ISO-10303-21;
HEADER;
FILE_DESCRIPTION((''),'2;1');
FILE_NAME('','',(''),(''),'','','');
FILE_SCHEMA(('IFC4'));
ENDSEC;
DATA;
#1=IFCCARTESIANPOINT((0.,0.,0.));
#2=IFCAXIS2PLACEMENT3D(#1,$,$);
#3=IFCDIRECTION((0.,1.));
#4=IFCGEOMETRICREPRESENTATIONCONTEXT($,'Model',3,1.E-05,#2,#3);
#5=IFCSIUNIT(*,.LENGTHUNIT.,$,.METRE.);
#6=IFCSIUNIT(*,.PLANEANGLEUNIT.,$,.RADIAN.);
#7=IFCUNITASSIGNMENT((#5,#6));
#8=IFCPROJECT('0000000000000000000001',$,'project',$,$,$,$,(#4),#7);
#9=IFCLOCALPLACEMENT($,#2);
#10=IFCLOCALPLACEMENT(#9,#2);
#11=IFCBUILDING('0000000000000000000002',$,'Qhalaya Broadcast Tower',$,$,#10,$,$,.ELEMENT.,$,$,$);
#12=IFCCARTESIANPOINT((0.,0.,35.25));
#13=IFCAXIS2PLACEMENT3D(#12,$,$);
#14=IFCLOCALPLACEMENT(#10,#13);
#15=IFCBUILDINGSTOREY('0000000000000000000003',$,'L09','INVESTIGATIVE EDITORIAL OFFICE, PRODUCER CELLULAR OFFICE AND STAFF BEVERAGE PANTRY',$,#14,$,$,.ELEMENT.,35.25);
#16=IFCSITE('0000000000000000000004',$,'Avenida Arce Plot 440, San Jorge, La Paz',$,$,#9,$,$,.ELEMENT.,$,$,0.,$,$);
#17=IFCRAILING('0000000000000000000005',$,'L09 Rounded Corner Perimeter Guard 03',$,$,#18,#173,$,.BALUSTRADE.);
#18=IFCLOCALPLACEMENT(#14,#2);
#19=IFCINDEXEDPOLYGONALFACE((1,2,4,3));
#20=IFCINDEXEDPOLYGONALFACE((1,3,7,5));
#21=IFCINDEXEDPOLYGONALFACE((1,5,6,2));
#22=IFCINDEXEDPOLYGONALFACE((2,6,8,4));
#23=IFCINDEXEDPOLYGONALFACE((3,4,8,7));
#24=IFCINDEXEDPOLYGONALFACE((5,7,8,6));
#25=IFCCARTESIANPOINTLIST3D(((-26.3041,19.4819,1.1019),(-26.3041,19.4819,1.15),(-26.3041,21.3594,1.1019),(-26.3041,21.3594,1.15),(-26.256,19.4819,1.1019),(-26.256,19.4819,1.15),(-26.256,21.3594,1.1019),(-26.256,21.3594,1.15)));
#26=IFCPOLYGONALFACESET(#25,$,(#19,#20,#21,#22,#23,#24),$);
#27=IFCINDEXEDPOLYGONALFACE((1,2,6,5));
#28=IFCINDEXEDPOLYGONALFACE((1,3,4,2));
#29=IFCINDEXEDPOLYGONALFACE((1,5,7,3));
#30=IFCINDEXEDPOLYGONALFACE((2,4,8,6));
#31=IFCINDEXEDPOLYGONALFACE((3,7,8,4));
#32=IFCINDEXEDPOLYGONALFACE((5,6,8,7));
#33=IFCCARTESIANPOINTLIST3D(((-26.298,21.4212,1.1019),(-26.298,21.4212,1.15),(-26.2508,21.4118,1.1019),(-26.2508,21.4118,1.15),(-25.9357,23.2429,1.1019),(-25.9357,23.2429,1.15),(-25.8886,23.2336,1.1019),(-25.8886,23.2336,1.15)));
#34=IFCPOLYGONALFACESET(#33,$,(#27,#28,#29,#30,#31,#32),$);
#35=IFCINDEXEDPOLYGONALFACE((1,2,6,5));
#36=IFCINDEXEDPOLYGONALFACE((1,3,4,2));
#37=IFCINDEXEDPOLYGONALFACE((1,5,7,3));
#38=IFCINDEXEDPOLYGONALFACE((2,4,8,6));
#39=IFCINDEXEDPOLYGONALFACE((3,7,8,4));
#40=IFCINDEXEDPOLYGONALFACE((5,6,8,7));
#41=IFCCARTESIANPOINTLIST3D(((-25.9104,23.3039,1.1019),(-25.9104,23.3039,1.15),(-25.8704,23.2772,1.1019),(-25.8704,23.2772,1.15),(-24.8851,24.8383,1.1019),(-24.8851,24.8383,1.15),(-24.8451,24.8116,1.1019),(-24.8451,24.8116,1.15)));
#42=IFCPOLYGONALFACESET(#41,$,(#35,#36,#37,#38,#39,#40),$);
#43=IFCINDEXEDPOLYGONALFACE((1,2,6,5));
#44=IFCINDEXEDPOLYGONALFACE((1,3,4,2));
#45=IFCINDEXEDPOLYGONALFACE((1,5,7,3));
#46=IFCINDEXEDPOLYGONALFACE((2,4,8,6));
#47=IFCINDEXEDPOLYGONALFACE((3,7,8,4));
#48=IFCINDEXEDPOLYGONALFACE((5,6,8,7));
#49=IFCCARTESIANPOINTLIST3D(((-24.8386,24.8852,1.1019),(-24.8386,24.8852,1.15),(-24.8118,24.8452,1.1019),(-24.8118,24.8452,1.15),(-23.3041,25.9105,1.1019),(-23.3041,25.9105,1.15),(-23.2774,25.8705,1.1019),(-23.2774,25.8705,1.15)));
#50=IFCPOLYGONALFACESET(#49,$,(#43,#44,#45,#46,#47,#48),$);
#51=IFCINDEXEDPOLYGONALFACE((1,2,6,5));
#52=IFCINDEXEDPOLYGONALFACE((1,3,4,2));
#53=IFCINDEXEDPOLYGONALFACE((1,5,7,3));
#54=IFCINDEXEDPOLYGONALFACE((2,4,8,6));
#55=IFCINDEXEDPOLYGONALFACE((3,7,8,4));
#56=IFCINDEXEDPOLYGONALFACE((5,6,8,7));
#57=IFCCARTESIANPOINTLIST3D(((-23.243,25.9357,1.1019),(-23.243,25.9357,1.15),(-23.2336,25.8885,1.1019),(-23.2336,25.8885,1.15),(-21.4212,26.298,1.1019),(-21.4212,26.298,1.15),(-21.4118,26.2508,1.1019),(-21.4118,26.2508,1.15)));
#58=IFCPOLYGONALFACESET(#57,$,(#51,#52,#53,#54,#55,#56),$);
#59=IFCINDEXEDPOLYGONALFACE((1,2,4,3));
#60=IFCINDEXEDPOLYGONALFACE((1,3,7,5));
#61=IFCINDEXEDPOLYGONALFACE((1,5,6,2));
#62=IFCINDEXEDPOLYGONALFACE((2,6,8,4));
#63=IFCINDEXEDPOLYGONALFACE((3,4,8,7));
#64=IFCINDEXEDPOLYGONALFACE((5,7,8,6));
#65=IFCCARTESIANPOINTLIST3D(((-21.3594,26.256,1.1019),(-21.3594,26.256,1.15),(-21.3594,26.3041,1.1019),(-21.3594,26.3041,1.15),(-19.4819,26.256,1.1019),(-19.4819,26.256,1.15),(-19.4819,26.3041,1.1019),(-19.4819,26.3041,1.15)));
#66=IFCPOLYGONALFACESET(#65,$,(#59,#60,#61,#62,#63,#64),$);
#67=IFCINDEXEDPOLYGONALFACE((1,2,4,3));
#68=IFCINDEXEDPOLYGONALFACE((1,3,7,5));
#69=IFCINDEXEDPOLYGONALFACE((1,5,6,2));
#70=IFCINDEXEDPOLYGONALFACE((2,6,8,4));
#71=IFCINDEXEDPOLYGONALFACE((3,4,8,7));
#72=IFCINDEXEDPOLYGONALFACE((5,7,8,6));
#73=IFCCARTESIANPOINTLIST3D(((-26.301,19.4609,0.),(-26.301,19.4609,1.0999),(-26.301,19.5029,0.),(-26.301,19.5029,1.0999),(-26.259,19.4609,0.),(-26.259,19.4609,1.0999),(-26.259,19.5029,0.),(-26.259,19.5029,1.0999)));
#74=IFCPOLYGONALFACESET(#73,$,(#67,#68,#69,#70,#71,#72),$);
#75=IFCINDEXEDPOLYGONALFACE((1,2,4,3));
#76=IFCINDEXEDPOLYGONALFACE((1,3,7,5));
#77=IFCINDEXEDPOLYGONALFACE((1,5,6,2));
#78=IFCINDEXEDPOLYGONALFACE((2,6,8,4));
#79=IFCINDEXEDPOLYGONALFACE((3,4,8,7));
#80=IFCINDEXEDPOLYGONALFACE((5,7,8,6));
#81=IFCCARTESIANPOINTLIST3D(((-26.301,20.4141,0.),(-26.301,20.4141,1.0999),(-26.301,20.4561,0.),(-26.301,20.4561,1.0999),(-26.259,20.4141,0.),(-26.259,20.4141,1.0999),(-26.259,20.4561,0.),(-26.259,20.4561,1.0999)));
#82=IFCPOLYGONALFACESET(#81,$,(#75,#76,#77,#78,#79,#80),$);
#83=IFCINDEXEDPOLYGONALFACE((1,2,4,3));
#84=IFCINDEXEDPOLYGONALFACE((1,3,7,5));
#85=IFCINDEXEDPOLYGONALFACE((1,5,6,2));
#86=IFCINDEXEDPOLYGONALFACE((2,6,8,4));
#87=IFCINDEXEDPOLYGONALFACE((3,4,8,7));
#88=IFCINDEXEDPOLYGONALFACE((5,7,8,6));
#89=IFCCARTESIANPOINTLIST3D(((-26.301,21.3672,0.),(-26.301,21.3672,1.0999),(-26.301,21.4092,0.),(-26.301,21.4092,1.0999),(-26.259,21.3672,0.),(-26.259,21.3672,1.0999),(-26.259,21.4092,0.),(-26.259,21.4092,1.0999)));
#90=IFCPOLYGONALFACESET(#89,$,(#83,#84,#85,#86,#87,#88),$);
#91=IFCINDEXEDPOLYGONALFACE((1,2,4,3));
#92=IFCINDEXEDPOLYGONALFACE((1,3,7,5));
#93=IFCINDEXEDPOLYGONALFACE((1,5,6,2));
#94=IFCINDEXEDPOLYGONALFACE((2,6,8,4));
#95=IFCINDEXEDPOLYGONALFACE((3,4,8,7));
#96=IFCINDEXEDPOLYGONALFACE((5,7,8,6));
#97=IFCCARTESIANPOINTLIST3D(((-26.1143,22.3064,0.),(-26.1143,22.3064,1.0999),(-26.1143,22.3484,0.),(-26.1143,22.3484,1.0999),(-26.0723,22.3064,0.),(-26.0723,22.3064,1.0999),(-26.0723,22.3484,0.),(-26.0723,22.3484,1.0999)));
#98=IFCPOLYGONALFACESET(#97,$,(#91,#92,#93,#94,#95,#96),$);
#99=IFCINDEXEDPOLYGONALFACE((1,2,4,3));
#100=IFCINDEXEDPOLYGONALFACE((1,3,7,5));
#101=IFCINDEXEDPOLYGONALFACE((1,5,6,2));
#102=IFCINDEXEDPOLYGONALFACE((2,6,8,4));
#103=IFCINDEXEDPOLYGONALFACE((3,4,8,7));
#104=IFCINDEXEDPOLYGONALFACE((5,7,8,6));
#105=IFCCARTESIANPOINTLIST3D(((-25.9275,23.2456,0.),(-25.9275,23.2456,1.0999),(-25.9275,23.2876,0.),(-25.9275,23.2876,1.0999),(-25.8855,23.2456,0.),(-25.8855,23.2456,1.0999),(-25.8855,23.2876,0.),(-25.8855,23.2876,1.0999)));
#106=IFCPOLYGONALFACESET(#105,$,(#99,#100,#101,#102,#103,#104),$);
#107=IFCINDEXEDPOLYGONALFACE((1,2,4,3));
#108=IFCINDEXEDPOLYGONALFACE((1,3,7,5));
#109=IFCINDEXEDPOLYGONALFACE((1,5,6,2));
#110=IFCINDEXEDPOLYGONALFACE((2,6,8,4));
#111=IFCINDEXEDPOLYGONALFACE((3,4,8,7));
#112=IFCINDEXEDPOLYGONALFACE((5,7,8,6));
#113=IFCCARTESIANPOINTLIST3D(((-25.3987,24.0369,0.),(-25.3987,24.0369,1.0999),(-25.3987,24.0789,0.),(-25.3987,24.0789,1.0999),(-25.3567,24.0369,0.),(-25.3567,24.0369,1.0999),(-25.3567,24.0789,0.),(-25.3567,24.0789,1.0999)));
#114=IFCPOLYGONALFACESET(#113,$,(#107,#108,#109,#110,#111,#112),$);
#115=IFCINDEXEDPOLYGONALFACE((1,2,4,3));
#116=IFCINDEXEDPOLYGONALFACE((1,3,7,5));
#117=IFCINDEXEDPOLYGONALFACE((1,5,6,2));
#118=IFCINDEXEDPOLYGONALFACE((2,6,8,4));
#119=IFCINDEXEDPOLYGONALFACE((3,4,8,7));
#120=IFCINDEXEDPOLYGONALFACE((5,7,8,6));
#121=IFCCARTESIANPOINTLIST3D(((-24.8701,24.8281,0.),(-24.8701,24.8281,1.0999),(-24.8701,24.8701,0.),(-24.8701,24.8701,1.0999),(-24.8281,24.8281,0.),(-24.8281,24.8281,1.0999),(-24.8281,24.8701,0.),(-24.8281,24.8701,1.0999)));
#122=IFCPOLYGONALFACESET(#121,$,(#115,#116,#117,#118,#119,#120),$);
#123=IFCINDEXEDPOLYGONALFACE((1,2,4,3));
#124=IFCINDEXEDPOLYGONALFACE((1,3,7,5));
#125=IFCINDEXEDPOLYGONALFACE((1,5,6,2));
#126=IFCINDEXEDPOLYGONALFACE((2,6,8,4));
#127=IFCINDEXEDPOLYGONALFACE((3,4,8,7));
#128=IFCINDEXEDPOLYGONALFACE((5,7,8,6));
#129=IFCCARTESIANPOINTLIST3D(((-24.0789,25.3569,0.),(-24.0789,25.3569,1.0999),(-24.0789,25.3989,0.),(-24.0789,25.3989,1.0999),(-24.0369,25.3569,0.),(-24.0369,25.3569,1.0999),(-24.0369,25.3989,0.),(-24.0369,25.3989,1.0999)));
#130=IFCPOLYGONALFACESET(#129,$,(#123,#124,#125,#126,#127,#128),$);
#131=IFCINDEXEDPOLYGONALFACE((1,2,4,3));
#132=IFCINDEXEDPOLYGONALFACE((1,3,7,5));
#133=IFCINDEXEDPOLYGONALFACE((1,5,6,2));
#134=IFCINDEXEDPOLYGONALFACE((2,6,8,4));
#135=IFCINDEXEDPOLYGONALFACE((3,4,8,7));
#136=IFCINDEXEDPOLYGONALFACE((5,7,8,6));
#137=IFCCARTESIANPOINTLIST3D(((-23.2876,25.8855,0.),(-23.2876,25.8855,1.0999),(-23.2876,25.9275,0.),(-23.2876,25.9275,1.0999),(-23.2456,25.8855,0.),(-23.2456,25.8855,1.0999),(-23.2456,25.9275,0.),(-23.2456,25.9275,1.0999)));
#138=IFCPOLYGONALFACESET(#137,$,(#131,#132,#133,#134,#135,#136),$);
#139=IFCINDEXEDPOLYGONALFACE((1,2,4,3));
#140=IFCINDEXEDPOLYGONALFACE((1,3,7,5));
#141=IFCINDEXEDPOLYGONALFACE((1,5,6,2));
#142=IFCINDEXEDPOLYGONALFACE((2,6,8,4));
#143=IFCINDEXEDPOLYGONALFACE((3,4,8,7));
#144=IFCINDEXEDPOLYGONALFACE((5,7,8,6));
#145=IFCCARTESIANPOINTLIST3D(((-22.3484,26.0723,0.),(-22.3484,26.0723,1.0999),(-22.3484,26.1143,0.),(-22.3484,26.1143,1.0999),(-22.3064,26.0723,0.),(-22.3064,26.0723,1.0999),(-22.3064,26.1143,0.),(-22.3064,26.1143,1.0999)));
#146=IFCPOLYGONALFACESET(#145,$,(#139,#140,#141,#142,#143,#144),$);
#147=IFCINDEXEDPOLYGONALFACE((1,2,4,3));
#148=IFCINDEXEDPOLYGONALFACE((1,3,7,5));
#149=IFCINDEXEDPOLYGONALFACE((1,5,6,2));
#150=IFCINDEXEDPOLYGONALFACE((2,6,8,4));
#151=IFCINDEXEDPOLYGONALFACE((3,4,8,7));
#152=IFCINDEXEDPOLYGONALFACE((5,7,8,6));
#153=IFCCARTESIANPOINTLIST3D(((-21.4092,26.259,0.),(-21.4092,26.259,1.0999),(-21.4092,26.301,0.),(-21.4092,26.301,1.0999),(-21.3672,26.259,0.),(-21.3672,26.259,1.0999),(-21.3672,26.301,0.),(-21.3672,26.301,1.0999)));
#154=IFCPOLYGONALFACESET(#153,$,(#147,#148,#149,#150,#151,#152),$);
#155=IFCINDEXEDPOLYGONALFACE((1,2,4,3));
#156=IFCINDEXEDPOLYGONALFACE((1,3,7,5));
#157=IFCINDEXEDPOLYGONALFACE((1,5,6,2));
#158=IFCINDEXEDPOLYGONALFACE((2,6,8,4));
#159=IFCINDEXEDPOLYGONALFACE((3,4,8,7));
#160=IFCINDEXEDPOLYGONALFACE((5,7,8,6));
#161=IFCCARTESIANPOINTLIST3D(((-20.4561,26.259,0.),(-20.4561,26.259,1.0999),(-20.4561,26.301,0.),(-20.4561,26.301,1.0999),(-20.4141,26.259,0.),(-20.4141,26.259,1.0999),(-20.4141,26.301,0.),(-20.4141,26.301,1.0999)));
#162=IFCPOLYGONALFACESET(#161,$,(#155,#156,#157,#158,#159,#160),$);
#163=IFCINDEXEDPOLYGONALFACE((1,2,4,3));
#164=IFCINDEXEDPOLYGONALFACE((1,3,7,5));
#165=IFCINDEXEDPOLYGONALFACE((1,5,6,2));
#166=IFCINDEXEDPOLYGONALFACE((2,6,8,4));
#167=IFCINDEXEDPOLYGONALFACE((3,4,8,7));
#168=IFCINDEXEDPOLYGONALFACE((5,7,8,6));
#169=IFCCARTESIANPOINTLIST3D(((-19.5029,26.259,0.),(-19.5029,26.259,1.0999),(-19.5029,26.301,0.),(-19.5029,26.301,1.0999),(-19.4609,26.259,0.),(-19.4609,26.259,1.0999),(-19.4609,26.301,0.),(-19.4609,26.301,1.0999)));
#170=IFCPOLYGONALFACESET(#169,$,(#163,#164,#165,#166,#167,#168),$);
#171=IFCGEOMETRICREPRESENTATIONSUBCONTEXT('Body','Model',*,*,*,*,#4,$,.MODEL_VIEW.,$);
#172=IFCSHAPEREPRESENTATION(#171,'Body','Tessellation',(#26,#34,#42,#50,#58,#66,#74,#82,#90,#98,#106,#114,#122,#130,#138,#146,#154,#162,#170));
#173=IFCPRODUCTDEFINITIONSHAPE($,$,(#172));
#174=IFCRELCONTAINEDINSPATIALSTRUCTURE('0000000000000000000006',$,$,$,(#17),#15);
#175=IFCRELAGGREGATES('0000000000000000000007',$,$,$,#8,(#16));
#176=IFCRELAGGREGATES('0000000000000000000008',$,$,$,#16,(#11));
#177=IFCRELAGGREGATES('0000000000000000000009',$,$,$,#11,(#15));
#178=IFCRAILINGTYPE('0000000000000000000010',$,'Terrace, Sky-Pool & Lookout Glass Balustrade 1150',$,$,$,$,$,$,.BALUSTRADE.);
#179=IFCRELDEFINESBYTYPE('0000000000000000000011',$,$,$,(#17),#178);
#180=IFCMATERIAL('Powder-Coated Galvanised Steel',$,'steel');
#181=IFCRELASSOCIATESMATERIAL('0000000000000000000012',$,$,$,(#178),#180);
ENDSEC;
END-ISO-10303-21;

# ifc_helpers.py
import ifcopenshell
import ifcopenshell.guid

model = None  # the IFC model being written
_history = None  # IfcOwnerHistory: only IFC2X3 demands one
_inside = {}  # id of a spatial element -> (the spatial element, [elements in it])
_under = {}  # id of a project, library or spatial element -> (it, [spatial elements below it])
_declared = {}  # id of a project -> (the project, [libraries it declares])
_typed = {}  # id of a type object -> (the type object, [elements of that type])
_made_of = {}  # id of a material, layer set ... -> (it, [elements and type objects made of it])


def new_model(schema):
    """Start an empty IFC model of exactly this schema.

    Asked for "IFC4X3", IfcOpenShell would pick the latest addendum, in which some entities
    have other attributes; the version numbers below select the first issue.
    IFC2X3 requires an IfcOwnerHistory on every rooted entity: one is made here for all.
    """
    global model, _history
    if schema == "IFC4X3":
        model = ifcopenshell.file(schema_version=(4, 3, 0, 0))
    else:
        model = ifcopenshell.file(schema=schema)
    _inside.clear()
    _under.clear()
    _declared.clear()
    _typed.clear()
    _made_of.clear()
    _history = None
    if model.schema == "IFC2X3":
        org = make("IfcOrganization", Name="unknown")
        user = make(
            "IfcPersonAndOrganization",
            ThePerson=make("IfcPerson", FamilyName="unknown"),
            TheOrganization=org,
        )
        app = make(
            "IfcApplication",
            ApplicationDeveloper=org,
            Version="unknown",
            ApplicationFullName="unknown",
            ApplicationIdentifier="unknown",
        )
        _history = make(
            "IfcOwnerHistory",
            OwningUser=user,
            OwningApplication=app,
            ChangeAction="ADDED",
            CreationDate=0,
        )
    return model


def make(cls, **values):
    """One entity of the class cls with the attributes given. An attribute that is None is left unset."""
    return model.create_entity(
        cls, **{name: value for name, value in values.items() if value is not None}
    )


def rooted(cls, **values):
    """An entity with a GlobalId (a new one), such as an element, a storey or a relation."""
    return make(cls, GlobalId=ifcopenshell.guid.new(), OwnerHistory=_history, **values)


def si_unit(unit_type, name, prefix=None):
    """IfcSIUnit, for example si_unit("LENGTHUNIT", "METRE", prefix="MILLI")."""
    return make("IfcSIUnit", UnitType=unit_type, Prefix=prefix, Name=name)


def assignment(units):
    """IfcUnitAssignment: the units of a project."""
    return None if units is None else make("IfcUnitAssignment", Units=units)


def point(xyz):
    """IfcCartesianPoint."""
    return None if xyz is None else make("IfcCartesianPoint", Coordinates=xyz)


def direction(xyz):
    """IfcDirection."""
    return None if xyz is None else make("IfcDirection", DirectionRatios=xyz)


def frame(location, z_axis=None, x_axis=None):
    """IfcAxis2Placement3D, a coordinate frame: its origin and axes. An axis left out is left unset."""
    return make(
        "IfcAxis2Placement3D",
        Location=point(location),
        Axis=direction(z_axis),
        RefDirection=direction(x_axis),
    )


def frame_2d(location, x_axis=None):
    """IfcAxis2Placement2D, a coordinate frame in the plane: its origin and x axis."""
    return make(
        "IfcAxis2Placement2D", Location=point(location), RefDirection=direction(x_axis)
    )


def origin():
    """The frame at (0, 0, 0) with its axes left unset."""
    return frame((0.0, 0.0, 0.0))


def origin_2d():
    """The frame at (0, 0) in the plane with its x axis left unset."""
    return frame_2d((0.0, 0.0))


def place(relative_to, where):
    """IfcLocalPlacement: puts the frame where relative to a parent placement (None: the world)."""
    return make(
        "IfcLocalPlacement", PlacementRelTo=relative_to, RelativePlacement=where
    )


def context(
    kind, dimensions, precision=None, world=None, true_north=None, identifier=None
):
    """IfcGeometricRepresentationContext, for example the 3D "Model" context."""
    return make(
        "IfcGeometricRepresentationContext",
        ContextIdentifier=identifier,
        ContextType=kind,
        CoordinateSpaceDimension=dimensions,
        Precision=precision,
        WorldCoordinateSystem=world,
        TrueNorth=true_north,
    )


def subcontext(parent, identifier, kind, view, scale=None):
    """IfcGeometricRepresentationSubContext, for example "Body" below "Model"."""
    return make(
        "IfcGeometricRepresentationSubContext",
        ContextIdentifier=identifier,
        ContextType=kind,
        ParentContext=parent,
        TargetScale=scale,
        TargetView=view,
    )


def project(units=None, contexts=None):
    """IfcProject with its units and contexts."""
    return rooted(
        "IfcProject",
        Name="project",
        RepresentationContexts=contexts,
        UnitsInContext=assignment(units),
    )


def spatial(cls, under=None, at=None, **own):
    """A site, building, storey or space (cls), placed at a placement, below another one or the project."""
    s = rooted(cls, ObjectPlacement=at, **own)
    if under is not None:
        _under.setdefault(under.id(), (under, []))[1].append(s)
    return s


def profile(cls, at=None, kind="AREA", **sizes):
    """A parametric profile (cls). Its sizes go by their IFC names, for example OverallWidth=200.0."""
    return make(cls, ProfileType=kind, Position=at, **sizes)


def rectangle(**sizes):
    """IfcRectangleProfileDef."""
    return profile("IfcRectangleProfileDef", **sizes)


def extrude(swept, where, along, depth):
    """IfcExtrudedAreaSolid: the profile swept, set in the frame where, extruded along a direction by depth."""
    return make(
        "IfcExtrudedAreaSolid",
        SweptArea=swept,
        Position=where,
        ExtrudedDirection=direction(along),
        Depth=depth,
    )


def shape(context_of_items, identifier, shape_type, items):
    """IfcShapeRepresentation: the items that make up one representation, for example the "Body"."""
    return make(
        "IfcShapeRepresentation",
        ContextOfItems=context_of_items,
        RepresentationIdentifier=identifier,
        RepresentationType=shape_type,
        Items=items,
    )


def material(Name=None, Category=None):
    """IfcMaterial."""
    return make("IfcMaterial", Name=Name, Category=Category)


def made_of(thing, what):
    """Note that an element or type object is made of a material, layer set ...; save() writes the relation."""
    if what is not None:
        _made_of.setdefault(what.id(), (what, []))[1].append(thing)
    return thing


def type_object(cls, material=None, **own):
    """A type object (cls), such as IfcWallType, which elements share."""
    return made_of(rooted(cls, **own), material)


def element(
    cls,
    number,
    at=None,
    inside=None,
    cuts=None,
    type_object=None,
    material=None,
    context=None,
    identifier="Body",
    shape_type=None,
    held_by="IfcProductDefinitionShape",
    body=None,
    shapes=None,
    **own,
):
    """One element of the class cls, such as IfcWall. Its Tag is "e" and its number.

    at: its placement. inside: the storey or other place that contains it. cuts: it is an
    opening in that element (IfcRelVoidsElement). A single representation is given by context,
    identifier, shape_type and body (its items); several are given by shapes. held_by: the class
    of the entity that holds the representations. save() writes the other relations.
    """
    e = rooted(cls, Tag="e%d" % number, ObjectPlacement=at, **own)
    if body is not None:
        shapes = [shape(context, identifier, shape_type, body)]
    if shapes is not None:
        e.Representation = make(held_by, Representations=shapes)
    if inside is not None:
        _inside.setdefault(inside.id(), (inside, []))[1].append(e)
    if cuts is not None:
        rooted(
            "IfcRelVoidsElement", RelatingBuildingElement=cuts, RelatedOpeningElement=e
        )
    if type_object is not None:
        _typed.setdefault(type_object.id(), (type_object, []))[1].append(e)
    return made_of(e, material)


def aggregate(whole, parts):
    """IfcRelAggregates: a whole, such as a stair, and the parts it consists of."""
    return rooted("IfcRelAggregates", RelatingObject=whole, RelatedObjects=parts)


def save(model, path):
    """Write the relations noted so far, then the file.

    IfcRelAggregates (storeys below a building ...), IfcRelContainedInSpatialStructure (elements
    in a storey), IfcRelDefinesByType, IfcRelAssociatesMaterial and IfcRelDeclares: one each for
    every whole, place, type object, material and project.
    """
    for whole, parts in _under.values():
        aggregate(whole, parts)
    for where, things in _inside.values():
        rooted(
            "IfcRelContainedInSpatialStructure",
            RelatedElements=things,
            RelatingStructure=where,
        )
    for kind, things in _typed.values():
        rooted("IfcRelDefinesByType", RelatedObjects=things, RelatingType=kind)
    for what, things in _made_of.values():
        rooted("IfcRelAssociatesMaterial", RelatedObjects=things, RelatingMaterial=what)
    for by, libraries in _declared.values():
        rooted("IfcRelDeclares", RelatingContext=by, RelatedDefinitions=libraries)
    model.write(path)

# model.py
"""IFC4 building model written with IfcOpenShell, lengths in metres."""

from ifc_helpers import new_model, si_unit, direction, frame, origin, origin_2d, place, context, subcontext, project, spatial, rectangle, extrude, material, type_object, element, save


model = new_model("IFC4")

# Units and contexts
model_context = context("Model", 3, precision=1e-05, world=origin(), true_north=direction((0.0, 1.0)))
body_context = subcontext(model_context, "Body", "Model", "MODEL_VIEW")
ifc_project = project(units=[si_unit("LENGTHUNIT", "METRE"), si_unit("PLANEANGLEUNIT", "RADIAN")], contexts=[model_context])

# Site, building, storey
site_placement = place(None, origin())
site = spatial("IfcSite", under=ifc_project, at=site_placement, Name="Avenida Arce Plot 440, San Jorge, La Paz", CompositionType="ELEMENT", RefElevation=0.0)
building_placement = place(site_placement, origin())
building = spatial("IfcBuilding", under=site, at=building_placement, Name="Qhalaya Broadcast Tower", CompositionType="ELEMENT")
storey_placement = place(building_placement, frame((0.0, 0.0, 35.25)))
storey = spatial("IfcBuildingStorey", under=building, at=storey_placement, Name="L09", Description="INVESTIGATIVE EDITORIAL OFFICE, PRODUCER CELLULAR OFFICE AND STAFF BEVERAGE PANTRY", CompositionType="ELEMENT", Elevation=35.25)

# Railing
ifc_material_1 = material(Name="Powder-Coated Galvanised Steel", Category="steel")
railing_type = type_object("IfcRailingType", Name="Terrace, Sky-Pool & Lookout Glass Balustrade 1150", PredefinedType="BALUSTRADE", material=ifc_material_1)
railing_placement = place(storey_placement, frame((-26.28, 19.4819, 0.0)))
element("IfcRailing", 1, at=railing_placement, inside=storey, type_object=railing_type, Name="L09 Rounded Corner Perimeter Guard 03", PredefinedType="BALUSTRADE", context=body_context, shape_type="SweptSolid", body=[
    extrude(rectangle(XDim=0.0481, YDim=0.0481, at=origin_2d()), frame((0.0, 0.0, 1.126), z_axis=(0.0, 1.0, 0.0), x_axis=(-1.0, 0.0, 0.0)), (0.0, 0.0, 1.0), 1.8774),
    extrude(rectangle(XDim=0.0481, YDim=0.0481, at=origin_2d()), frame((0.0056, 1.9346, 1.126), z_axis=(0.195037, 0.980796, 0.0), x_axis=(-0.980796, 0.195037, 0.0)), (0.0, 0.0, 1.0), 1.8574),
    extrude(rectangle(XDim=0.0481, YDim=0.0481, at=origin_2d()), frame((0.3896, 3.8086, 1.126), z_axis=(0.555558, 0.831478, 0.0), x_axis=(-0.831478, 0.555558, 0.0)), (0.0, 0.0, 1.0), 1.8455),
    extrude(rectangle(XDim=0.0481, YDim=0.0481, at=origin_2d()), frame((1.4548, 5.3833, 1.126), z_axis=(0.831478, 0.555558, 0.0), x_axis=(-0.555558, 0.831478, 0.0)), (0.0, 0.0, 1.0), 1.8455),
    extrude(rectangle(XDim=0.0481, YDim=0.0481, at=origin_2d()), frame((3.0417, 6.4302, 1.126), z_axis=(0.980796, 0.195037, 0.0), x_axis=(-0.195037, 0.980796, 0.0)), (0.0, 0.0, 1.0), 1.8574),
    extrude(rectangle(XDim=0.0481, YDim=0.0481, at=origin_2d()), frame((4.9207, 6.7981, 1.126), z_axis=(1.0, 0.0, 0.0), x_axis=(0.0, 1.0, 0.0)), (0.0, 0.0, 1.0), 1.8774),
    extrude(rectangle(XDim=0.042, YDim=0.042, at=origin_2d()), origin(), (0.0, 0.0, 1.0), 1.0999),
    extrude(rectangle(XDim=0.042, YDim=0.042, at=origin_2d()), frame((0.0, 0.9531, 0.0)), (0.0, 0.0, 1.0), 1.0999),
    extrude(rectangle(XDim=0.042, YDim=0.042, at=origin_2d()), frame((0.0, 1.9062, 0.0)), (0.0, 0.0, 1.0), 1.0999),
    extrude(rectangle(XDim=0.042, YDim=0.042, at=origin_2d()), frame((0.1868, 2.8455, 0.0)), (0.0, 0.0, 1.0), 1.0999),
    extrude(rectangle(XDim=0.042, YDim=0.042, at=origin_2d()), frame((0.3735, 3.7847, 0.0)), (0.0, 0.0, 1.0), 1.0999),
    extrude(rectangle(XDim=0.042, YDim=0.042, at=origin_2d()), frame((0.9023, 4.5759, 0.0)), (0.0, 0.0, 1.0), 1.0999),
    extrude(rectangle(XDim=0.042, YDim=0.042, at=origin_2d()), frame((1.4309, 5.3672, 0.0)), (0.0, 0.0, 1.0), 1.0999),
    extrude(rectangle(XDim=0.042, YDim=0.042, at=origin_2d()), frame((2.2222, 5.896, 0.0)), (0.0, 0.0, 1.0), 1.0999),
    extrude(rectangle(XDim=0.042, YDim=0.042, at=origin_2d()), frame((3.0134, 6.4246, 0.0)), (0.0, 0.0, 1.0), 1.0999),
    extrude(rectangle(XDim=0.042, YDim=0.042, at=origin_2d()), frame((3.9526, 6.6113, 0.0)), (0.0, 0.0, 1.0), 1.0999),
    extrude(rectangle(XDim=0.042, YDim=0.042, at=origin_2d()), frame((4.8918, 6.7981, 0.0)), (0.0, 0.0, 1.0), 1.0999),
    extrude(rectangle(XDim=0.042, YDim=0.042, at=origin_2d()), frame((5.845, 6.7981, 0.0)), (0.0, 0.0, 1.0), 1.0999),
    extrude(rectangle(XDim=0.042, YDim=0.042, at=origin_2d()), frame((6.7981, 6.7981, 0.0)), (0.0, 0.0, 1.0), 1.0999),
])

save(model, "model.ifc")
